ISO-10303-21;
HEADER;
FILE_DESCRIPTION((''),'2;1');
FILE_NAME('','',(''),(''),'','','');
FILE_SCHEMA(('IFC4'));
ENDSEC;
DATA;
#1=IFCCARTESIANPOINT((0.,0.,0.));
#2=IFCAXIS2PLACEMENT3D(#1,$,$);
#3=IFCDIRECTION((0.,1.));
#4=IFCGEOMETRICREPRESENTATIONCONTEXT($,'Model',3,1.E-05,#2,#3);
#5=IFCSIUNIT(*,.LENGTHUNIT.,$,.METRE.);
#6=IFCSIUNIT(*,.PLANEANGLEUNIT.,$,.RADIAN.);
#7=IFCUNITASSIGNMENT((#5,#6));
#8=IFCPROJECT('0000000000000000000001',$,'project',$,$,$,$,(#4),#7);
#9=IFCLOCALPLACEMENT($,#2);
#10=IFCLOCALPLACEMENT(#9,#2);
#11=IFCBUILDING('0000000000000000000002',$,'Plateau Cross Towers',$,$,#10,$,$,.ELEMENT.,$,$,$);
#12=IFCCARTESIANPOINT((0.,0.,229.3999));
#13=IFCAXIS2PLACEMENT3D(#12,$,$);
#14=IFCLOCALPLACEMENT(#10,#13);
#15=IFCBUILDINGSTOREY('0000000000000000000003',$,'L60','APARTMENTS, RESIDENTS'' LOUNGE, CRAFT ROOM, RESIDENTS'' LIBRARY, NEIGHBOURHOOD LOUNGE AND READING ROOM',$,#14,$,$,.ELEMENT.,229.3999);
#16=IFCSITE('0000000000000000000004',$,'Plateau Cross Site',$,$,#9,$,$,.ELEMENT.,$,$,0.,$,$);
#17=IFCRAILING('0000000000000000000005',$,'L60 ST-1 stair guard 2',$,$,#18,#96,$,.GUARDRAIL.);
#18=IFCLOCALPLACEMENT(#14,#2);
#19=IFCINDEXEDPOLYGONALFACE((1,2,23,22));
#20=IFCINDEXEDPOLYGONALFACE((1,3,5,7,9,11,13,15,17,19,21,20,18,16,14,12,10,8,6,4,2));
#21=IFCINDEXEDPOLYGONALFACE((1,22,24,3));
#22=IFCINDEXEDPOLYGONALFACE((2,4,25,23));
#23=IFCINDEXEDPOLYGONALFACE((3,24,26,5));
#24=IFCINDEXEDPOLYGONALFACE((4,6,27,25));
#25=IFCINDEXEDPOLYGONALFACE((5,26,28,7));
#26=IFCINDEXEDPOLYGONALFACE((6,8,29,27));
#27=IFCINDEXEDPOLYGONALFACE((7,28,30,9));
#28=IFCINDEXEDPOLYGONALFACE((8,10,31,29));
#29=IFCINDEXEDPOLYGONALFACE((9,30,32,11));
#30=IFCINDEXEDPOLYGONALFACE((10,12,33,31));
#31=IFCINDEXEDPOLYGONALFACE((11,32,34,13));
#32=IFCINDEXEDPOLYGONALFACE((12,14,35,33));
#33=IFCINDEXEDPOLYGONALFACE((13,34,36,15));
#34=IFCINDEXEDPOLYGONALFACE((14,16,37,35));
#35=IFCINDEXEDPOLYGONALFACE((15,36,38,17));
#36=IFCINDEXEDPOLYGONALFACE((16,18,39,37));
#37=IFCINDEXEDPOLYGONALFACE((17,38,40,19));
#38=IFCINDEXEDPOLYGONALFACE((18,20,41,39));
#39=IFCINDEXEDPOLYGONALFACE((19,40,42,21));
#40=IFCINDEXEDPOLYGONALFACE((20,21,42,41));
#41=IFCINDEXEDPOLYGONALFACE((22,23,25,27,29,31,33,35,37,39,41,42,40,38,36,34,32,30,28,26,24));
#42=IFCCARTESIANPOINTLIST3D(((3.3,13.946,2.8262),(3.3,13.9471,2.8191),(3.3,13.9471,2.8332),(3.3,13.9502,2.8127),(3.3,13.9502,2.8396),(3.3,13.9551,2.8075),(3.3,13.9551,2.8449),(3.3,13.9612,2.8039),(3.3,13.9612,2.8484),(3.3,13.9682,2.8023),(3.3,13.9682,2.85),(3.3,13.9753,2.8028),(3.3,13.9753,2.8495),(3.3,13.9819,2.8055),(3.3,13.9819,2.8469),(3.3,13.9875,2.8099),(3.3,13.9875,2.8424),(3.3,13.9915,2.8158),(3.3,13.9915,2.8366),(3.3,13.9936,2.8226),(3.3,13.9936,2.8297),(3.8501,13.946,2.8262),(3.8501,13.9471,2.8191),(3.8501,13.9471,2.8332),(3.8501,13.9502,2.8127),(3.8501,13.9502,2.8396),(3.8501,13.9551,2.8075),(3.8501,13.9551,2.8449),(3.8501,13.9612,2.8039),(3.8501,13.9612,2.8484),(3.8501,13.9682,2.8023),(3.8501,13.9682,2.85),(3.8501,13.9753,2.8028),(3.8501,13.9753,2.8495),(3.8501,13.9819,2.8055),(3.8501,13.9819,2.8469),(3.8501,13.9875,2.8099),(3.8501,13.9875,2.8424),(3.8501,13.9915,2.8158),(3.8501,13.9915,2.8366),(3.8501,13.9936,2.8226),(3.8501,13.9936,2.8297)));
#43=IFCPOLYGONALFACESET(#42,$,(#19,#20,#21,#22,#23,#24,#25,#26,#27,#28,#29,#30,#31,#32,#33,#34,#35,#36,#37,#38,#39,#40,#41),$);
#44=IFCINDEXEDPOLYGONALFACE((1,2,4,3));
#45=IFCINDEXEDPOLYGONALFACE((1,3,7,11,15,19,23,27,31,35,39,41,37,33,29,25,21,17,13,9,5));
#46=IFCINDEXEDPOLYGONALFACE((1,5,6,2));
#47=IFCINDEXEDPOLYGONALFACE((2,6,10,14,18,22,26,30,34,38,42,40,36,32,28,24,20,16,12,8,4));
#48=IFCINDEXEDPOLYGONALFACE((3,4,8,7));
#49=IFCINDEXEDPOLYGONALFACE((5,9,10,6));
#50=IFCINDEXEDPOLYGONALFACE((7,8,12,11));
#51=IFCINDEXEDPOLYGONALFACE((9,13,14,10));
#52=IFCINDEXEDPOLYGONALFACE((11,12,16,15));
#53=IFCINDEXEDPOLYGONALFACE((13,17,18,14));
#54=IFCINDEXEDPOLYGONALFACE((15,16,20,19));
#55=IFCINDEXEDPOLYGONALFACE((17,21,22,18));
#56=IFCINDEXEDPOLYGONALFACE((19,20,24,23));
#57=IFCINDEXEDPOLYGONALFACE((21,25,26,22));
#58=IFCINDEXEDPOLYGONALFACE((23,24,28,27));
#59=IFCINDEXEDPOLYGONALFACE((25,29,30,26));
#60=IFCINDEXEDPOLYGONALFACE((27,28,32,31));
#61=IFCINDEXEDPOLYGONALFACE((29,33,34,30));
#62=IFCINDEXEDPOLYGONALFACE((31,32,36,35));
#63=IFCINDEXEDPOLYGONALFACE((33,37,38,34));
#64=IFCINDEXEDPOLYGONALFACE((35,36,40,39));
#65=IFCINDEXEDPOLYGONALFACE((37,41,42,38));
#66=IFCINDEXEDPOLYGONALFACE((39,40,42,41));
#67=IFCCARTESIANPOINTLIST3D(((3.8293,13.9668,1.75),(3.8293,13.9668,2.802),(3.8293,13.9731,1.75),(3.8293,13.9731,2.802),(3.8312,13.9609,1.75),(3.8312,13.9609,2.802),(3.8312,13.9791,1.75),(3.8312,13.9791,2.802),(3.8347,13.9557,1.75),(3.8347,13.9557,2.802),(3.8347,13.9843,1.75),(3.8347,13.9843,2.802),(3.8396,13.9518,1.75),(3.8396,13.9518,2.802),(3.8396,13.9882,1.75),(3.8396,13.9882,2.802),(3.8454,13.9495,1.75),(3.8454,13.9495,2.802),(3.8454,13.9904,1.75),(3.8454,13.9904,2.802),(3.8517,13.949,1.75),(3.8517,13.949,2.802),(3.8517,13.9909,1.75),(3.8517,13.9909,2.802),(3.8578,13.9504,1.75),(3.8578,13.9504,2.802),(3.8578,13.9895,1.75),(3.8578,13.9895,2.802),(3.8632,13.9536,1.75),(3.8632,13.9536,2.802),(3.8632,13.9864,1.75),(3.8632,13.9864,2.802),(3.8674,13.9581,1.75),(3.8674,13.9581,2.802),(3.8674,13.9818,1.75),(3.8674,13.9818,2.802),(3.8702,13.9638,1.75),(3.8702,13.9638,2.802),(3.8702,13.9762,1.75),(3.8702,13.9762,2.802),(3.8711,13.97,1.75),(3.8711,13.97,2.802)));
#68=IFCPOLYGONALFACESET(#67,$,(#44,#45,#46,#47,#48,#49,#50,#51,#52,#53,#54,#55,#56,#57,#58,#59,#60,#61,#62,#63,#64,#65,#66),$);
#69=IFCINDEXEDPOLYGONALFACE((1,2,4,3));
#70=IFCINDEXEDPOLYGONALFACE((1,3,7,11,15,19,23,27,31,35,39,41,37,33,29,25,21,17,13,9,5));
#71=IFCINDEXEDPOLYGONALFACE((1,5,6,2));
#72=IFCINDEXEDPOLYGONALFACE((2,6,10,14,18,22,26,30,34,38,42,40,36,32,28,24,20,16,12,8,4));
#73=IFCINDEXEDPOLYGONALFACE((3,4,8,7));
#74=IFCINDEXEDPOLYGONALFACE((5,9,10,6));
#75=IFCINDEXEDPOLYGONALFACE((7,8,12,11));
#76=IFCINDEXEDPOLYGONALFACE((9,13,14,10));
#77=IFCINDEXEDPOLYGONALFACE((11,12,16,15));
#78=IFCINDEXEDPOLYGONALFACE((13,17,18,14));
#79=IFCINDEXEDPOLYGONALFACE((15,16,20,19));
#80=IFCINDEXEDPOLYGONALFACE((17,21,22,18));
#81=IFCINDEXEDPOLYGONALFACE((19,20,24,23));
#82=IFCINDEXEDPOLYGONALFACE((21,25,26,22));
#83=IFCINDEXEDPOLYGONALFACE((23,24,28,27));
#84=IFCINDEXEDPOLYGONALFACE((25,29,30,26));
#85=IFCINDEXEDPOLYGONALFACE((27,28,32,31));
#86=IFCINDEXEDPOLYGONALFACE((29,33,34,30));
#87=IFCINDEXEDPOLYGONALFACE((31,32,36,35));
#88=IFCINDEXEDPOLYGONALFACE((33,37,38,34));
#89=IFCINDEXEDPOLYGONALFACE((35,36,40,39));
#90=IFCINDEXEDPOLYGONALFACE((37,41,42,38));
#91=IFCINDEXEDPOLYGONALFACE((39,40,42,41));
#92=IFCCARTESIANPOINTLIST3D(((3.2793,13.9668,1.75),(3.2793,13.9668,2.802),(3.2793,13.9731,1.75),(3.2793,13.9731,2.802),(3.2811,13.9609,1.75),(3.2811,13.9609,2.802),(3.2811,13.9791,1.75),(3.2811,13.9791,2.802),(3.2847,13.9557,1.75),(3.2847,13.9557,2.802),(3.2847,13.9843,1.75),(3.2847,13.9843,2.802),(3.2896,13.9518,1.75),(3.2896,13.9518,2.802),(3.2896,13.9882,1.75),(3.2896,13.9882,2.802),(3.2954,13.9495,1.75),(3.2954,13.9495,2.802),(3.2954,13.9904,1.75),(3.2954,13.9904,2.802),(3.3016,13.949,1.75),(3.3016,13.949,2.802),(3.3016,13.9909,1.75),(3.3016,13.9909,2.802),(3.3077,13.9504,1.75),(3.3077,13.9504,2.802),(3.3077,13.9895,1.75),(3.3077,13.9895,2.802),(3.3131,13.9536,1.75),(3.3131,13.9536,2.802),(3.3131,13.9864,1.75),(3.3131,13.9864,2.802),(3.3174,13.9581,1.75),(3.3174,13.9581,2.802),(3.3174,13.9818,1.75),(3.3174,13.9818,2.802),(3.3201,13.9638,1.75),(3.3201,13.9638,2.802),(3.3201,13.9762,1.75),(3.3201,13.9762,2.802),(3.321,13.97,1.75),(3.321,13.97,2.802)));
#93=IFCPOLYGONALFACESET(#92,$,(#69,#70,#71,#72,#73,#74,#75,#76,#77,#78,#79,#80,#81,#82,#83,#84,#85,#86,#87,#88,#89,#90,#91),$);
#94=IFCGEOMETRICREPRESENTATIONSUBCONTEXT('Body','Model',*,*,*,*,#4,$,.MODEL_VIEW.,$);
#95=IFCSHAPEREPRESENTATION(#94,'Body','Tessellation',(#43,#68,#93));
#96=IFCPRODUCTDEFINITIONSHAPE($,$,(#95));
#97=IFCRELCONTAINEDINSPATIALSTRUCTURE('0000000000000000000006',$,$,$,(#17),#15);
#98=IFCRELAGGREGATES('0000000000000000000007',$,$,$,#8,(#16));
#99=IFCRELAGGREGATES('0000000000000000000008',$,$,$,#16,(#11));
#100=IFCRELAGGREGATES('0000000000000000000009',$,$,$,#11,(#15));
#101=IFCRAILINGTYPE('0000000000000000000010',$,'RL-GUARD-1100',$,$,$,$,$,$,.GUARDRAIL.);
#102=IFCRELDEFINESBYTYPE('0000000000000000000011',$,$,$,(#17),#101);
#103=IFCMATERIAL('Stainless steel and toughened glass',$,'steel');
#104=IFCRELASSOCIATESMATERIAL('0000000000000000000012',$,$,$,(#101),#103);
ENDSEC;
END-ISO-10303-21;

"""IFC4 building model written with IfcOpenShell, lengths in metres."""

from ifc_helpers import new_model, si_unit, direction, frame, origin, origin_2d, place, context, subcontext, project, spatial, circle, extrude, material, type_object, element, save


model = new_model("IFC4")

# Units and contexts
model_context = context("Model", 3, precision=1e-05, world=origin(), true_north=direction((0.0, 1.0)))
body_context = subcontext(model_context, "Body", "Model", "MODEL_VIEW")
ifc_project = project(units=[si_unit("LENGTHUNIT", "METRE"), si_unit("PLANEANGLEUNIT", "RADIAN")], contexts=[model_context])

# Site, building, storey
site_placement = place(None, origin())
site = spatial("IfcSite", under=ifc_project, at=site_placement, Name="Plateau Cross Site", CompositionType="ELEMENT", RefElevation=0.0)
building_placement = place(site_placement, origin())
building = spatial("IfcBuilding", under=site, at=building_placement, Name="Plateau Cross Towers", CompositionType="ELEMENT")
storey_placement = place(building_placement, frame((0.0, 0.0, 229.3999)))
storey = spatial("IfcBuildingStorey", under=building, at=storey_placement, Name="L60", Description="APARTMENTS, RESIDENTS' LOUNGE, CRAFT ROOM, RESIDENTS' LIBRARY, NEIGHBOURHOOD LOUNGE AND READING ROOM", CompositionType="ELEMENT", Elevation=229.3999)

# Railing
ifc_material_1 = material(Name="Stainless steel and toughened glass", Category="steel")
railing_type = type_object("IfcRailingType", Name="RL-GUARD-1100", PredefinedType="GUARDRAIL", material=ifc_material_1)
railing_1_placement = place(storey_placement, frame((3.8501, 13.97, 1.75)))
element("IfcRailing", 1, at=railing_1_placement, inside=storey, type_object=railing_type, Name="L60 ST-1 stair guard 2", PredefinedType="GUARDRAIL", context=body_context, shape_type="SweptSolid", body=[
    extrude(circle(Radius=0.0239, at=origin_2d()), frame((0.0, 0.0, 1.0762), z_axis=(-1.0, 0.0, 0.0), x_axis=(0.0, -1.0, 0.0)), (0.0, 0.0, 1.0), 0.55),
    extrude(circle(Radius=0.021, at=origin_2d()), origin(), (0.0, 0.0, 1.0), 1.052),
    extrude(circle(Radius=0.021, at=origin_2d()), frame((-0.55, 0.0, 0.0)), (0.0, 0.0, 1.0), 1.052),
])

save(model, "model.ifc")
